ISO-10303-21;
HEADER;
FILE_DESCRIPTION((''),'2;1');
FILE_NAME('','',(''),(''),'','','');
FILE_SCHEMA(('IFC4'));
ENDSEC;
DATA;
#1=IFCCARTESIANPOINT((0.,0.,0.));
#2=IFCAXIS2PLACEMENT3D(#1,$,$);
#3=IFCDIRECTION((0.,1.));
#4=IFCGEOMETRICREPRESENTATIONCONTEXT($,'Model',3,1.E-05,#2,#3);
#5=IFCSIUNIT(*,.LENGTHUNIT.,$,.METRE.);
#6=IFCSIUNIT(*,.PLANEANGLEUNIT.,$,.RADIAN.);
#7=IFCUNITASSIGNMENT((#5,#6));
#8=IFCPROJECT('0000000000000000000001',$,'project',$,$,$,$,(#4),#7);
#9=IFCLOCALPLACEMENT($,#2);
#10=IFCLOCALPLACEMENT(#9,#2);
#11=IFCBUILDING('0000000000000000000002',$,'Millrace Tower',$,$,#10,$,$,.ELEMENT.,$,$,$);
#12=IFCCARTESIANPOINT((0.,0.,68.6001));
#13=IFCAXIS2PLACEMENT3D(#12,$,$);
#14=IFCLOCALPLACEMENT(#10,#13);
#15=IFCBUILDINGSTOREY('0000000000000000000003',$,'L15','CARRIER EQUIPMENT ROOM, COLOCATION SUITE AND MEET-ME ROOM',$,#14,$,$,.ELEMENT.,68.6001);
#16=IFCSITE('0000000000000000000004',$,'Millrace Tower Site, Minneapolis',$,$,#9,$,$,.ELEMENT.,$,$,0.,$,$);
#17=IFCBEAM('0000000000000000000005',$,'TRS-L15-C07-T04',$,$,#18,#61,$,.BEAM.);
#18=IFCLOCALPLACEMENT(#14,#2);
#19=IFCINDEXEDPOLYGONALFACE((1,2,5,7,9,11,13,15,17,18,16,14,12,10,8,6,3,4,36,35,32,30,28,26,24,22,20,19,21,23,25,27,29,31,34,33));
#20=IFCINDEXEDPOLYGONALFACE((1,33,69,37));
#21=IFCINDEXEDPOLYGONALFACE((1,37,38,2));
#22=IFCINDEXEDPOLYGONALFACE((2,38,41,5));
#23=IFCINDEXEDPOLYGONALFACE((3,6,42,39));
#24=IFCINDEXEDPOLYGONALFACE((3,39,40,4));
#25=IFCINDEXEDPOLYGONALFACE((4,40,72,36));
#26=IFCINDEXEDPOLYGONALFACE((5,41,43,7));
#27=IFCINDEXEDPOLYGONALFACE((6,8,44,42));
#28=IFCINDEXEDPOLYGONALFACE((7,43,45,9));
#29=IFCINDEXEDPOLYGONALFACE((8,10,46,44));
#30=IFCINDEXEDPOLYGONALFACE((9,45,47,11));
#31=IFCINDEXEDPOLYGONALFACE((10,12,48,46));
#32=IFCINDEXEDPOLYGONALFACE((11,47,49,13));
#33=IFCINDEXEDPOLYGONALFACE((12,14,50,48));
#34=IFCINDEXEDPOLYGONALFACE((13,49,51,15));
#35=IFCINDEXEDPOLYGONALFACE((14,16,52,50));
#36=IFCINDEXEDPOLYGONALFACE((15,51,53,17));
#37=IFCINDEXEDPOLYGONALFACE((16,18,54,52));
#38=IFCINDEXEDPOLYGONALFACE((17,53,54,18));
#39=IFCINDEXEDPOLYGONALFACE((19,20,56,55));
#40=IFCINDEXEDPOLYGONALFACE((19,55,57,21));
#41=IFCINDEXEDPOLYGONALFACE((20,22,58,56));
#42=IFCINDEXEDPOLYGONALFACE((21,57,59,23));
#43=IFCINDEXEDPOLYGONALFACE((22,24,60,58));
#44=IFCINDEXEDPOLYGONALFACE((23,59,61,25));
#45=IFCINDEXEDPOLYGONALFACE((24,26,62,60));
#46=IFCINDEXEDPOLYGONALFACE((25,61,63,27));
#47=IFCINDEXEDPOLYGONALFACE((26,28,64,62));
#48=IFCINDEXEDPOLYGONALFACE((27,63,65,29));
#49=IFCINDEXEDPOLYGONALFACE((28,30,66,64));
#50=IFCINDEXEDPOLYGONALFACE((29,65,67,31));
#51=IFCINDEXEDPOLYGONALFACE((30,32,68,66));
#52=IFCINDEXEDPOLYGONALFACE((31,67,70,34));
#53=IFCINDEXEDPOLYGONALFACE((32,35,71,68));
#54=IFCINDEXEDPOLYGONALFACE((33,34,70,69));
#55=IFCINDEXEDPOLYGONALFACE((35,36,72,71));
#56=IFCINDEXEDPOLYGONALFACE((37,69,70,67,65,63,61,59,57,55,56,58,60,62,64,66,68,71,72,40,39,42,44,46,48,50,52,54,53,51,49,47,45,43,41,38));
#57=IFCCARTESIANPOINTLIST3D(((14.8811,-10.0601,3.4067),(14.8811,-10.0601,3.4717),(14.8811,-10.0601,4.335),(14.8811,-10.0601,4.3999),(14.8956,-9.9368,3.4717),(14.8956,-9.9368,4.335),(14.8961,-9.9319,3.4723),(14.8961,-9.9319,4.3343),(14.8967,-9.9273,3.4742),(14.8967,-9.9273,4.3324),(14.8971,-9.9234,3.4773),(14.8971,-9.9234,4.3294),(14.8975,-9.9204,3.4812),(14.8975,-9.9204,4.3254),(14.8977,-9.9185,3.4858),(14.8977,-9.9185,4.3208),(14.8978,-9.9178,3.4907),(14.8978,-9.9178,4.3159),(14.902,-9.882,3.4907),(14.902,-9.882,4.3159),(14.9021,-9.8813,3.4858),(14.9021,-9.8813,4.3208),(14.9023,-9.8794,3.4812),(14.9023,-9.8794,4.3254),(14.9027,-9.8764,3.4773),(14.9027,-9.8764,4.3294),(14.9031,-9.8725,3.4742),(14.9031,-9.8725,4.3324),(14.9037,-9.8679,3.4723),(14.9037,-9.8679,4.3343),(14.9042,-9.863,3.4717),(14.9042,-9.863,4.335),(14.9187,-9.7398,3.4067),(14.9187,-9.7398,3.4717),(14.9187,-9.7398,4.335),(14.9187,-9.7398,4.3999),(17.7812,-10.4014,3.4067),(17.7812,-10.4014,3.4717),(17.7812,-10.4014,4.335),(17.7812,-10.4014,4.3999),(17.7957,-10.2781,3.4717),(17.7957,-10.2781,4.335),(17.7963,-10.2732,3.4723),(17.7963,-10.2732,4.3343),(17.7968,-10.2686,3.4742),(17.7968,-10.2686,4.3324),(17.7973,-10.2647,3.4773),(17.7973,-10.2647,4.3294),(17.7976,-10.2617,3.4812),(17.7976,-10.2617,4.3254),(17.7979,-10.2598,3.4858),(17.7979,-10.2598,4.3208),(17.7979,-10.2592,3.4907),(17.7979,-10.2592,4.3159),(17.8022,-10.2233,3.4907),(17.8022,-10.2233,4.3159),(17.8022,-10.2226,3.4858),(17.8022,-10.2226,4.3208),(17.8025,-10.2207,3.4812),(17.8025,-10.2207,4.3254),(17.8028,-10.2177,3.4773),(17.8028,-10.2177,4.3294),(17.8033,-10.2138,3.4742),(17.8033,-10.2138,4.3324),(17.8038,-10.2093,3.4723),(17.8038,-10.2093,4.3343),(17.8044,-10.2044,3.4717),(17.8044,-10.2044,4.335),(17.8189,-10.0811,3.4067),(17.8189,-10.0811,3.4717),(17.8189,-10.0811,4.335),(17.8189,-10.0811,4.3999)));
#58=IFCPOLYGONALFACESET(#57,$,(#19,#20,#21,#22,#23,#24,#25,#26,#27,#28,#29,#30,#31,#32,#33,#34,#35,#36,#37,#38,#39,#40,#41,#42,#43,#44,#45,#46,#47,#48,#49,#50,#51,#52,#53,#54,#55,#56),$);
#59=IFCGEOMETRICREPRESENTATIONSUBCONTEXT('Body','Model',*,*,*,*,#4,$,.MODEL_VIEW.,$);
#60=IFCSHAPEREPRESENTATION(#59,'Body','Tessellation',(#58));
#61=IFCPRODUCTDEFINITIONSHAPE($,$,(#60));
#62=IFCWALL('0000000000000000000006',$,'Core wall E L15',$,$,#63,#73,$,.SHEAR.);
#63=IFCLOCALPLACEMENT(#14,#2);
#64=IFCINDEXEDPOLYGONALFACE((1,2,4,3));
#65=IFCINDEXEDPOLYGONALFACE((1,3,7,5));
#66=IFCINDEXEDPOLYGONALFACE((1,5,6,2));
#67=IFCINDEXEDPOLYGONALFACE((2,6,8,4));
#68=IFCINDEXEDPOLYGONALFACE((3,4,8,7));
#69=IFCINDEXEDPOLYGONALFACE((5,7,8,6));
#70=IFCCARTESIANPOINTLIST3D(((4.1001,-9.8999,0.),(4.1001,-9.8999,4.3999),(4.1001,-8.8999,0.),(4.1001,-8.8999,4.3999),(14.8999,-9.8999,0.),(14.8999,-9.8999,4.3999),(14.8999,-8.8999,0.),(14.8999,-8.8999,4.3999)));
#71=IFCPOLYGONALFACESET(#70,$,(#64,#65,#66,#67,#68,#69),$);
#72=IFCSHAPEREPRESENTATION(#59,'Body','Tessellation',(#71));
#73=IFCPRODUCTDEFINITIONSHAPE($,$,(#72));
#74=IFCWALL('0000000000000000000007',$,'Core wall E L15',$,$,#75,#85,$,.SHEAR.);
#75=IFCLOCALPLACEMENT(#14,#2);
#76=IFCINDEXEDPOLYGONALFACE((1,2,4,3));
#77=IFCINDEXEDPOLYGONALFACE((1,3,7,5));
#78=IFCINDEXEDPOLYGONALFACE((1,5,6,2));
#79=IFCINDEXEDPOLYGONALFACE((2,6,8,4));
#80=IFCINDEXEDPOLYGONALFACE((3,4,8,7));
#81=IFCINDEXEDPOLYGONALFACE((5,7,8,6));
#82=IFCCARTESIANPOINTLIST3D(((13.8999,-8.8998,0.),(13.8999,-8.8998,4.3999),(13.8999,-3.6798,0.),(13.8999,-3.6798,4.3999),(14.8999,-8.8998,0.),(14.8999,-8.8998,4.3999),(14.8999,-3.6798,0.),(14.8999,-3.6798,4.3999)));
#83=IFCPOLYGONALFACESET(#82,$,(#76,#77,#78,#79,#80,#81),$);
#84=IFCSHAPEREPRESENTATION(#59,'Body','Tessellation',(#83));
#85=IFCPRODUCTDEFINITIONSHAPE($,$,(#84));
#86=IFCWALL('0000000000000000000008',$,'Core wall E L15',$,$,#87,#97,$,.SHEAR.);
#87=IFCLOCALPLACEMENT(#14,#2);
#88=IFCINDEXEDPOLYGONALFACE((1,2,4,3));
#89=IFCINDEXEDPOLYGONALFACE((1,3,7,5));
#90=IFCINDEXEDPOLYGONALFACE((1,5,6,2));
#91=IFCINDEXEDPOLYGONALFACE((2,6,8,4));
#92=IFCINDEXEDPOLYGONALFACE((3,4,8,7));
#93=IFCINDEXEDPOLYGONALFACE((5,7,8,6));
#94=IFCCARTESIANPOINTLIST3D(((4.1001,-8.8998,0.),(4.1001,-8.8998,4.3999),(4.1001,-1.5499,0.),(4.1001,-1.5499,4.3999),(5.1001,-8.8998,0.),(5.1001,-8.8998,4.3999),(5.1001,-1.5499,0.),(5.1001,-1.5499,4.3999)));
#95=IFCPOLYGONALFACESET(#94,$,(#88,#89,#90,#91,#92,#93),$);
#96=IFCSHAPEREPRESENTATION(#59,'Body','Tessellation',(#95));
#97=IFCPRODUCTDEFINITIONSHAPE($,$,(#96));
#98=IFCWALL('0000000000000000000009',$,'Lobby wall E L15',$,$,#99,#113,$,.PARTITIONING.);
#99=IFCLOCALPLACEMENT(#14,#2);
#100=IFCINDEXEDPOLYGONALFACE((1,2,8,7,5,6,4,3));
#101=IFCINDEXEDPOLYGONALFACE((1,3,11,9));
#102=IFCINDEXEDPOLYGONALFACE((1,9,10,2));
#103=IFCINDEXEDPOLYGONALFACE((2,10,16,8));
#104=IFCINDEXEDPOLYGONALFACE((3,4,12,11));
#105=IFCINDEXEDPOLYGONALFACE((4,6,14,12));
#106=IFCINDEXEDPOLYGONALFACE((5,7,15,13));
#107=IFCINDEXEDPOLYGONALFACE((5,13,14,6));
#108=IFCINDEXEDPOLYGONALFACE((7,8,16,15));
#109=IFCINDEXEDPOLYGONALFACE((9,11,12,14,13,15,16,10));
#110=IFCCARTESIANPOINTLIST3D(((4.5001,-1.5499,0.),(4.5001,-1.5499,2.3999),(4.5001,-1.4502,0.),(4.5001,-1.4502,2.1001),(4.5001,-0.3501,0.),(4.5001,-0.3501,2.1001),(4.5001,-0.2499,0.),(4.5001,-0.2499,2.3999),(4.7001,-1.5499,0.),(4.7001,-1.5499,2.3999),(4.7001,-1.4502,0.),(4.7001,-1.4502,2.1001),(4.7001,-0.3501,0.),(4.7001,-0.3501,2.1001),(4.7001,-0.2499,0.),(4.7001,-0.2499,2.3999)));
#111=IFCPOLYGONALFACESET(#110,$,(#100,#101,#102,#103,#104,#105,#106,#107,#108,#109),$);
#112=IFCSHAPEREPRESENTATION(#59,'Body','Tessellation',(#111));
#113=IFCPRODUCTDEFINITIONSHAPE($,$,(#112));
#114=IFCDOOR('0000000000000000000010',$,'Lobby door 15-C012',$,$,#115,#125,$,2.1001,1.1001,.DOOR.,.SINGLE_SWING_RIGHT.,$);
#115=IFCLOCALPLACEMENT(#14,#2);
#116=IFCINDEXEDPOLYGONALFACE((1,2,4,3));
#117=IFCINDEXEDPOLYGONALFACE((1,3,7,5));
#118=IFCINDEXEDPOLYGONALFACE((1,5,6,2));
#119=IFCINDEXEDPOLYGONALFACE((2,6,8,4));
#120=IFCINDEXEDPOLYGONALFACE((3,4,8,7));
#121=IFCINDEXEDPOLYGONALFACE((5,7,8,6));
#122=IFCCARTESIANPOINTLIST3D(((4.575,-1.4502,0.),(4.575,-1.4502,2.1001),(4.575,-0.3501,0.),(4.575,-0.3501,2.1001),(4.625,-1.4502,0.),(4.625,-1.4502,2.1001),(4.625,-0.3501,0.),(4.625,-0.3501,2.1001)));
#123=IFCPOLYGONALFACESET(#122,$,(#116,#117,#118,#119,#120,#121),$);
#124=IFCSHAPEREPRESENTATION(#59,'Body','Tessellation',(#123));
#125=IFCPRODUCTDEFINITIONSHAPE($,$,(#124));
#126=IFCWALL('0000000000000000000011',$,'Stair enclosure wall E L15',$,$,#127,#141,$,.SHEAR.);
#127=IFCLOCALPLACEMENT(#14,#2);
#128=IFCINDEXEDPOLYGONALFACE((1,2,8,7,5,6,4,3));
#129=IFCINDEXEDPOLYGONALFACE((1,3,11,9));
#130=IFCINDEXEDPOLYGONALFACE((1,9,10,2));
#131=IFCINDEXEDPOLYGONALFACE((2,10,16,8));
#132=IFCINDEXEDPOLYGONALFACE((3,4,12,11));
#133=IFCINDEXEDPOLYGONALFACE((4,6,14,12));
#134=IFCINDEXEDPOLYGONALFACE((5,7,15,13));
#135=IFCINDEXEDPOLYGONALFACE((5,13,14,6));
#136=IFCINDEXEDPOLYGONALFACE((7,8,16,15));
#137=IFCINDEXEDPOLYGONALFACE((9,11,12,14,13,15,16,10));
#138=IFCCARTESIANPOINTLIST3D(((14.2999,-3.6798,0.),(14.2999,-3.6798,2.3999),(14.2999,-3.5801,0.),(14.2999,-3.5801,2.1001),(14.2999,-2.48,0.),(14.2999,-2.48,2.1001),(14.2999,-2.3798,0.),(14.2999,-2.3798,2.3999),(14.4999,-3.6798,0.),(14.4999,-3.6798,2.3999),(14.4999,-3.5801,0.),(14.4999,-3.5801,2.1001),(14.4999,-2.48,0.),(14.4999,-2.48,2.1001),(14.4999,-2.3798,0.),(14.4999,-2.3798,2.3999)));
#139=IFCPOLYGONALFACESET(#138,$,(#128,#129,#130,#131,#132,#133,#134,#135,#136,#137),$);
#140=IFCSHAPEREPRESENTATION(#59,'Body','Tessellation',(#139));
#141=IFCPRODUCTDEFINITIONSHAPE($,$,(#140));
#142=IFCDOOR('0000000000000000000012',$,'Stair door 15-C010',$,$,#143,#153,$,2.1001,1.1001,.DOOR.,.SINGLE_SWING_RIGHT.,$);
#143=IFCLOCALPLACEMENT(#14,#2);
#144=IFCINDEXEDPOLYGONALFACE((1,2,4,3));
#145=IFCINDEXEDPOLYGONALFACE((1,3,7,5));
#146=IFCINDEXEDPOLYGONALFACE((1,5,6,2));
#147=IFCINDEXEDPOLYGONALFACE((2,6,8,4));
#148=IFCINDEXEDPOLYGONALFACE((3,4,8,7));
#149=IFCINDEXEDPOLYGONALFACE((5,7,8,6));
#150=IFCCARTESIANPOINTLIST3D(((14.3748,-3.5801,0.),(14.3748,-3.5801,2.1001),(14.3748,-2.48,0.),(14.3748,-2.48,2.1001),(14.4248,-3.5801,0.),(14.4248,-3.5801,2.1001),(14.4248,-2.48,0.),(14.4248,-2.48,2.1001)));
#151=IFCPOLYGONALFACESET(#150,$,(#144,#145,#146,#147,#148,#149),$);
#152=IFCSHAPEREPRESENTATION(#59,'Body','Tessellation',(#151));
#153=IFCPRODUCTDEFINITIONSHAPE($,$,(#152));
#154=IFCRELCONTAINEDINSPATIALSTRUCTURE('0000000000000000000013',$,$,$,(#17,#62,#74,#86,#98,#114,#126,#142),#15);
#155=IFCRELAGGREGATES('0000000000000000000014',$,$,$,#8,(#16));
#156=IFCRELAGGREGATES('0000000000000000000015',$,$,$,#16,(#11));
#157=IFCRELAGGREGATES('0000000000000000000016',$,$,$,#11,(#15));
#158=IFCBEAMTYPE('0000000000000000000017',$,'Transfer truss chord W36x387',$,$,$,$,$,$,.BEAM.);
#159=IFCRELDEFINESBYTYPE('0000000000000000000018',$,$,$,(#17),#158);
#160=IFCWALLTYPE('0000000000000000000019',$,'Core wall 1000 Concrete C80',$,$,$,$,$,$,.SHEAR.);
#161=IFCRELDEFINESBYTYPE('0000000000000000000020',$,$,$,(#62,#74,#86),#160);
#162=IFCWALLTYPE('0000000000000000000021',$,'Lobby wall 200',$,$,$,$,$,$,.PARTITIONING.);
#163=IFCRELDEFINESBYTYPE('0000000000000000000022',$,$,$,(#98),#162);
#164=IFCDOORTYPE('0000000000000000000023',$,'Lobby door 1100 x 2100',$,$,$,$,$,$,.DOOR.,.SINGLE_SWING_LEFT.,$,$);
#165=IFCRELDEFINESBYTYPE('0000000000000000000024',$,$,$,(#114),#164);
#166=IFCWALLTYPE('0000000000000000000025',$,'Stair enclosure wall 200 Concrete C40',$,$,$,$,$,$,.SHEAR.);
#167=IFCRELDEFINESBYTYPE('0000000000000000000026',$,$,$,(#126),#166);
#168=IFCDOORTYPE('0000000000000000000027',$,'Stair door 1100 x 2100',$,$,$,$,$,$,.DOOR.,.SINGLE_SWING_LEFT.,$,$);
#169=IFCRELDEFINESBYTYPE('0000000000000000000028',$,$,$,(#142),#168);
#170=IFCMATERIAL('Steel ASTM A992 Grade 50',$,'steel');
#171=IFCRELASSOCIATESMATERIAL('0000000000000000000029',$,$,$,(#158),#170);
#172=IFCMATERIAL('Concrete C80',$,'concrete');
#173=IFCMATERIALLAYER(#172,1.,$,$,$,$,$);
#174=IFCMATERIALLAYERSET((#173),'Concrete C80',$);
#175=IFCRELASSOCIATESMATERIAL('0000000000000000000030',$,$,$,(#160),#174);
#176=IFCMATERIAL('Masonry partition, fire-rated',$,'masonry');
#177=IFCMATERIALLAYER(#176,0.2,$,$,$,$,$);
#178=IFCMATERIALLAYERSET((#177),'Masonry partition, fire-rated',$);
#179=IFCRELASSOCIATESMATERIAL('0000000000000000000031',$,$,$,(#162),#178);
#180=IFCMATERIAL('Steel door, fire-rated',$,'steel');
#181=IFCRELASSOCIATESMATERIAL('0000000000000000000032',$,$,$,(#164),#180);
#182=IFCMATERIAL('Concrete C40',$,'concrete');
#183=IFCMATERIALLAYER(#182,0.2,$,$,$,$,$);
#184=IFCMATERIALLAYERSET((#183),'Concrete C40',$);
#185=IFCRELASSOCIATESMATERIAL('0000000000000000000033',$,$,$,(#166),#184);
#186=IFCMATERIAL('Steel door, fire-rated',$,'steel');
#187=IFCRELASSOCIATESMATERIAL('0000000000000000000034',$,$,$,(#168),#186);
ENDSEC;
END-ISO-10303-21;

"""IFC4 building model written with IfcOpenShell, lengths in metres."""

from ifc_helpers import new_model, si_unit, direction, frame, frame_2d, origin, origin_2d, place, context, subcontext, project, spatial, rectangle, i_section, extrude, material, layer, layer_set, material_profile, profile_set, type_object, element, fill, save


model = new_model("IFC4")

# Units and contexts
model_context = context("Model", 3, precision=1e-05, world=origin(), true_north=direction((0.0, 1.0)))
body_context = subcontext(model_context, "Body", "Model", "MODEL_VIEW")
ifc_project = project(units=[si_unit("LENGTHUNIT", "METRE"), si_unit("PLANEANGLEUNIT", "RADIAN")], contexts=[model_context])

# Site, building, storey
site_placement = place(None, origin())
site = spatial("IfcSite", under=ifc_project, at=site_placement, Name="Millrace Tower Site, Minneapolis", CompositionType="ELEMENT", RefElevation=0.0)
building_placement = place(site_placement, origin())
building = spatial("IfcBuilding", under=site, at=building_placement, Name="Millrace Tower", CompositionType="ELEMENT")
storey_placement = place(building_placement, frame((0.0, 0.0, 68.6001)))
storey = spatial("IfcBuildingStorey", under=building, at=storey_placement, Name="L15", Description="CARRIER EQUIPMENT ROOM, COLOCATION SUITE AND MEET-ME ROOM", CompositionType="ELEMENT", Elevation=68.6001)

# Beam
ifc_material_1 = material(Name="Steel ASTM A992 Grade 50", Category="steel")
ifc_material_profile_1 = material_profile(ifc_material_1, i_section(OverallWidth=0.3225, OverallDepth=0.9932, WebThickness=0.0361, FlangeThickness=0.0649, FilletRadius=0.019, at=origin_2d()))
ifc_profile_set_1 = profile_set([ifc_material_profile_1], Name="Steel ASTM A992 Grade 50")
beam_type_1 = type_object("IfcBeamType", Name="Transfer truss chord W36x387", PredefinedType="BEAM", material=ifc_profile_set_1)
for number, where, z_axis, x_axis, name in (
    (1, (17.8, -10.2412, 3.9033), (-0.993146, 0.11688, 0.0), (-0.11688, -0.993146, 0.0), "TRS-L15-C07-T04"),
):
    element("IfcBeam", number, at=place(storey_placement, frame(where, z_axis=z_axis, x_axis=x_axis)), inside=storey, type_object=beam_type_1, Name=name, PredefinedType="BEAM", context=body_context, shape_type="SweptSolid", body=[
        extrude(i_section(OverallWidth=0.3225, OverallDepth=0.9932, WebThickness=0.0361, FlangeThickness=0.0649, FilletRadius=0.019, at=origin_2d()), origin(), (0.0, 0.0, 1.0), 2.9202),
    ])

# Walls
ifc_material_2 = material(Name="Concrete C80", Category="concrete")
ifc_layer_1 = layer(ifc_material_2, 1.0)
ifc_layer_set_1 = layer_set([ifc_layer_1], Name="Concrete C80")
wall_type_1 = type_object("IfcWallType", Name="Core wall 1000 Concrete C80", PredefinedType="SHEAR", material=ifc_layer_set_1)
wall_1_placement = place(storey_placement, frame((14.8999, -9.3999, 0.0), z_axis=(0.0, 0.0, 1.0), x_axis=(-1.0, 0.0, 0.0)))
element("IfcWall", 2, at=wall_1_placement, inside=storey, type_object=wall_type_1, Name="Core wall E L15", PredefinedType="SHEAR", context=body_context, shape_type="SweptSolid", body=[
    extrude(rectangle(XDim=10.7998, YDim=1.0, at=frame_2d((5.3999, 0.0))), origin(), (0.0, 0.0, 1.0), 4.3999),
])
wall_2_placement = place(storey_placement, frame((14.3999, -3.6799, 0.0), z_axis=(0.0, 0.0, 1.0), x_axis=(0.0, -1.0, 0.0)))
element("IfcWall", 3, at=wall_2_placement, inside=storey, type_object=wall_type_1, Name="Core wall E L15", PredefinedType="SHEAR", context=body_context, shape_type="SweptSolid", body=[
    extrude(rectangle(XDim=5.22, YDim=1.0, at=frame_2d((2.6099, 0.0))), origin(), (0.0, 0.0, 1.0), 4.3999),
])
wall_3_placement = place(storey_placement, frame((4.6001, -1.55, 0.0), z_axis=(0.0, 0.0, 1.0), x_axis=(0.0, -1.0, 0.0)))
element("IfcWall", 4, at=wall_3_placement, inside=storey, type_object=wall_type_1, Name="Core wall E L15", PredefinedType="SHEAR", context=body_context, shape_type="SweptSolid", body=[
    extrude(rectangle(XDim=7.3499, YDim=1.0, at=frame_2d((3.6748, 0.0))), origin(), (0.0, 0.0, 1.0), 4.3999),
])

# Walls, openings, doors
ifc_material_3 = material(Name="Masonry partition, fire-rated", Category="masonry")
ifc_layer_2 = layer(ifc_material_3, 0.2)
ifc_layer_set_2 = layer_set([ifc_layer_2], Name="Masonry partition, fire-rated")
wall_type_2 = type_object("IfcWallType", Name="Lobby wall 200", PredefinedType="PARTITIONING", material=ifc_layer_set_2)
wall_4_placement = place(storey_placement, frame((4.6001, -0.25, 0.0), z_axis=(0.0, 0.0, 1.0), x_axis=(0.0, -1.0, 0.0)))
wall_4 = element("IfcWall", 5, at=wall_4_placement, inside=storey, type_object=wall_type_2, Name="Lobby wall E L15", PredefinedType="PARTITIONING", context=body_context, shape_type="SweptSolid", body=[
    extrude(rectangle(XDim=1.3, YDim=0.2, at=frame_2d((0.6499, 0.0))), origin(), (0.0, 0.0, 1.0), 2.3999),
])
opening_1_placement = place(wall_4_placement, frame((0.1001, 0.0, 0.0)))
opening_1 = element("IfcOpeningElement", 6, at=opening_1_placement, cuts=wall_4, PredefinedType="OPENING", context=body_context, shape_type="SweptSolid", body=[
    extrude(rectangle(XDim=1.1001, YDim=2.1001, at=frame_2d((0.55, 1.05))), frame((0.0, 0.1099, 0.0), z_axis=(0.0, -1.0, 0.0), x_axis=(1.0, 0.0, 0.0)), (0.0, 0.0, 1.0), 0.22),
])
ifc_material_4 = material(Name="Steel door, fire-rated", Category="steel")
door_type_1 = type_object("IfcDoorType", Name="Lobby door 1100 x 2100", OperationType="SINGLE_SWING_LEFT", PredefinedType="DOOR", material=ifc_material_4)
door_1_placement = place(opening_1_placement, origin())
door_1 = element("IfcDoor", 7, at=door_1_placement, inside=storey, type_object=door_type_1, Name="Lobby door 15-C012", OperationType="SINGLE_SWING_RIGHT", OverallHeight=2.1001, OverallWidth=1.1001, PredefinedType="DOOR", context=body_context, shape_type="SweptSolid", body=[
    extrude(rectangle(XDim=1.1001, YDim=2.1001, at=frame_2d((0.55, 1.05))), frame((0.0, 0.0249, 0.0), z_axis=(0.0, -1.0, 0.0), x_axis=(1.0, 0.0, 0.0)), (0.0, 0.0, 1.0), 0.05),
])
fill(opening_1, door_1)
ifc_material_5 = material(Name="Concrete C40", Category="concrete")
ifc_layer_3 = layer(ifc_material_5, 0.2)
ifc_layer_set_3 = layer_set([ifc_layer_3], Name="Concrete C40")
wall_type_3 = type_object("IfcWallType", Name="Stair enclosure wall 200 Concrete C40", PredefinedType="SHEAR", material=ifc_layer_set_3)
wall_5_placement = place(storey_placement, frame((14.3999, -2.3799, 0.0), z_axis=(0.0, 0.0, 1.0), x_axis=(0.0, -1.0, 0.0)))
wall_5 = element("IfcWall", 8, at=wall_5_placement, inside=storey, type_object=wall_type_3, Name="Stair enclosure wall E L15", PredefinedType="SHEAR", context=body_context, shape_type="SweptSolid", body=[
    extrude(rectangle(XDim=1.3, YDim=0.2, at=frame_2d((0.6499, 0.0))), origin(), (0.0, 0.0, 1.0), 2.3999),
])
opening_2_placement = place(wall_5_placement, frame((0.1001, 0.0, 0.0)))
opening_2 = element("IfcOpeningElement", 9, at=opening_2_placement, cuts=wall_5, PredefinedType="OPENING", context=body_context, shape_type="SweptSolid", body=[
    extrude(rectangle(XDim=1.1001, YDim=2.1001, at=frame_2d((0.55, 1.05))), frame((0.0, 0.1099, 0.0), z_axis=(0.0, -1.0, 0.0), x_axis=(1.0, 0.0, 0.0)), (0.0, 0.0, 1.0), 0.22),
])
ifc_material_6 = material(Name="Steel door, fire-rated", Category="steel")
door_type_2 = type_object("IfcDoorType", Name="Stair door 1100 x 2100", OperationType="SINGLE_SWING_LEFT", PredefinedType="DOOR", material=ifc_material_6)
door_2_placement = place(opening_2_placement, origin())
door_2 = element("IfcDoor", 10, at=door_2_placement, inside=storey, type_object=door_type_2, Name="Stair door 15-C010", OperationType="SINGLE_SWING_RIGHT", OverallHeight=2.1001, OverallWidth=1.1001, PredefinedType="DOOR", context=body_context, shape_type="SweptSolid", body=[
    extrude(rectangle(XDim=1.1001, YDim=2.1001, at=frame_2d((0.55, 1.05))), frame((0.0, 0.0249, 0.0), z_axis=(0.0, -1.0, 0.0), x_axis=(1.0, 0.0, 0.0)), (0.0, 0.0, 1.0), 0.05),
])
fill(opening_2, door_2)

save(model, "model.ifc")
